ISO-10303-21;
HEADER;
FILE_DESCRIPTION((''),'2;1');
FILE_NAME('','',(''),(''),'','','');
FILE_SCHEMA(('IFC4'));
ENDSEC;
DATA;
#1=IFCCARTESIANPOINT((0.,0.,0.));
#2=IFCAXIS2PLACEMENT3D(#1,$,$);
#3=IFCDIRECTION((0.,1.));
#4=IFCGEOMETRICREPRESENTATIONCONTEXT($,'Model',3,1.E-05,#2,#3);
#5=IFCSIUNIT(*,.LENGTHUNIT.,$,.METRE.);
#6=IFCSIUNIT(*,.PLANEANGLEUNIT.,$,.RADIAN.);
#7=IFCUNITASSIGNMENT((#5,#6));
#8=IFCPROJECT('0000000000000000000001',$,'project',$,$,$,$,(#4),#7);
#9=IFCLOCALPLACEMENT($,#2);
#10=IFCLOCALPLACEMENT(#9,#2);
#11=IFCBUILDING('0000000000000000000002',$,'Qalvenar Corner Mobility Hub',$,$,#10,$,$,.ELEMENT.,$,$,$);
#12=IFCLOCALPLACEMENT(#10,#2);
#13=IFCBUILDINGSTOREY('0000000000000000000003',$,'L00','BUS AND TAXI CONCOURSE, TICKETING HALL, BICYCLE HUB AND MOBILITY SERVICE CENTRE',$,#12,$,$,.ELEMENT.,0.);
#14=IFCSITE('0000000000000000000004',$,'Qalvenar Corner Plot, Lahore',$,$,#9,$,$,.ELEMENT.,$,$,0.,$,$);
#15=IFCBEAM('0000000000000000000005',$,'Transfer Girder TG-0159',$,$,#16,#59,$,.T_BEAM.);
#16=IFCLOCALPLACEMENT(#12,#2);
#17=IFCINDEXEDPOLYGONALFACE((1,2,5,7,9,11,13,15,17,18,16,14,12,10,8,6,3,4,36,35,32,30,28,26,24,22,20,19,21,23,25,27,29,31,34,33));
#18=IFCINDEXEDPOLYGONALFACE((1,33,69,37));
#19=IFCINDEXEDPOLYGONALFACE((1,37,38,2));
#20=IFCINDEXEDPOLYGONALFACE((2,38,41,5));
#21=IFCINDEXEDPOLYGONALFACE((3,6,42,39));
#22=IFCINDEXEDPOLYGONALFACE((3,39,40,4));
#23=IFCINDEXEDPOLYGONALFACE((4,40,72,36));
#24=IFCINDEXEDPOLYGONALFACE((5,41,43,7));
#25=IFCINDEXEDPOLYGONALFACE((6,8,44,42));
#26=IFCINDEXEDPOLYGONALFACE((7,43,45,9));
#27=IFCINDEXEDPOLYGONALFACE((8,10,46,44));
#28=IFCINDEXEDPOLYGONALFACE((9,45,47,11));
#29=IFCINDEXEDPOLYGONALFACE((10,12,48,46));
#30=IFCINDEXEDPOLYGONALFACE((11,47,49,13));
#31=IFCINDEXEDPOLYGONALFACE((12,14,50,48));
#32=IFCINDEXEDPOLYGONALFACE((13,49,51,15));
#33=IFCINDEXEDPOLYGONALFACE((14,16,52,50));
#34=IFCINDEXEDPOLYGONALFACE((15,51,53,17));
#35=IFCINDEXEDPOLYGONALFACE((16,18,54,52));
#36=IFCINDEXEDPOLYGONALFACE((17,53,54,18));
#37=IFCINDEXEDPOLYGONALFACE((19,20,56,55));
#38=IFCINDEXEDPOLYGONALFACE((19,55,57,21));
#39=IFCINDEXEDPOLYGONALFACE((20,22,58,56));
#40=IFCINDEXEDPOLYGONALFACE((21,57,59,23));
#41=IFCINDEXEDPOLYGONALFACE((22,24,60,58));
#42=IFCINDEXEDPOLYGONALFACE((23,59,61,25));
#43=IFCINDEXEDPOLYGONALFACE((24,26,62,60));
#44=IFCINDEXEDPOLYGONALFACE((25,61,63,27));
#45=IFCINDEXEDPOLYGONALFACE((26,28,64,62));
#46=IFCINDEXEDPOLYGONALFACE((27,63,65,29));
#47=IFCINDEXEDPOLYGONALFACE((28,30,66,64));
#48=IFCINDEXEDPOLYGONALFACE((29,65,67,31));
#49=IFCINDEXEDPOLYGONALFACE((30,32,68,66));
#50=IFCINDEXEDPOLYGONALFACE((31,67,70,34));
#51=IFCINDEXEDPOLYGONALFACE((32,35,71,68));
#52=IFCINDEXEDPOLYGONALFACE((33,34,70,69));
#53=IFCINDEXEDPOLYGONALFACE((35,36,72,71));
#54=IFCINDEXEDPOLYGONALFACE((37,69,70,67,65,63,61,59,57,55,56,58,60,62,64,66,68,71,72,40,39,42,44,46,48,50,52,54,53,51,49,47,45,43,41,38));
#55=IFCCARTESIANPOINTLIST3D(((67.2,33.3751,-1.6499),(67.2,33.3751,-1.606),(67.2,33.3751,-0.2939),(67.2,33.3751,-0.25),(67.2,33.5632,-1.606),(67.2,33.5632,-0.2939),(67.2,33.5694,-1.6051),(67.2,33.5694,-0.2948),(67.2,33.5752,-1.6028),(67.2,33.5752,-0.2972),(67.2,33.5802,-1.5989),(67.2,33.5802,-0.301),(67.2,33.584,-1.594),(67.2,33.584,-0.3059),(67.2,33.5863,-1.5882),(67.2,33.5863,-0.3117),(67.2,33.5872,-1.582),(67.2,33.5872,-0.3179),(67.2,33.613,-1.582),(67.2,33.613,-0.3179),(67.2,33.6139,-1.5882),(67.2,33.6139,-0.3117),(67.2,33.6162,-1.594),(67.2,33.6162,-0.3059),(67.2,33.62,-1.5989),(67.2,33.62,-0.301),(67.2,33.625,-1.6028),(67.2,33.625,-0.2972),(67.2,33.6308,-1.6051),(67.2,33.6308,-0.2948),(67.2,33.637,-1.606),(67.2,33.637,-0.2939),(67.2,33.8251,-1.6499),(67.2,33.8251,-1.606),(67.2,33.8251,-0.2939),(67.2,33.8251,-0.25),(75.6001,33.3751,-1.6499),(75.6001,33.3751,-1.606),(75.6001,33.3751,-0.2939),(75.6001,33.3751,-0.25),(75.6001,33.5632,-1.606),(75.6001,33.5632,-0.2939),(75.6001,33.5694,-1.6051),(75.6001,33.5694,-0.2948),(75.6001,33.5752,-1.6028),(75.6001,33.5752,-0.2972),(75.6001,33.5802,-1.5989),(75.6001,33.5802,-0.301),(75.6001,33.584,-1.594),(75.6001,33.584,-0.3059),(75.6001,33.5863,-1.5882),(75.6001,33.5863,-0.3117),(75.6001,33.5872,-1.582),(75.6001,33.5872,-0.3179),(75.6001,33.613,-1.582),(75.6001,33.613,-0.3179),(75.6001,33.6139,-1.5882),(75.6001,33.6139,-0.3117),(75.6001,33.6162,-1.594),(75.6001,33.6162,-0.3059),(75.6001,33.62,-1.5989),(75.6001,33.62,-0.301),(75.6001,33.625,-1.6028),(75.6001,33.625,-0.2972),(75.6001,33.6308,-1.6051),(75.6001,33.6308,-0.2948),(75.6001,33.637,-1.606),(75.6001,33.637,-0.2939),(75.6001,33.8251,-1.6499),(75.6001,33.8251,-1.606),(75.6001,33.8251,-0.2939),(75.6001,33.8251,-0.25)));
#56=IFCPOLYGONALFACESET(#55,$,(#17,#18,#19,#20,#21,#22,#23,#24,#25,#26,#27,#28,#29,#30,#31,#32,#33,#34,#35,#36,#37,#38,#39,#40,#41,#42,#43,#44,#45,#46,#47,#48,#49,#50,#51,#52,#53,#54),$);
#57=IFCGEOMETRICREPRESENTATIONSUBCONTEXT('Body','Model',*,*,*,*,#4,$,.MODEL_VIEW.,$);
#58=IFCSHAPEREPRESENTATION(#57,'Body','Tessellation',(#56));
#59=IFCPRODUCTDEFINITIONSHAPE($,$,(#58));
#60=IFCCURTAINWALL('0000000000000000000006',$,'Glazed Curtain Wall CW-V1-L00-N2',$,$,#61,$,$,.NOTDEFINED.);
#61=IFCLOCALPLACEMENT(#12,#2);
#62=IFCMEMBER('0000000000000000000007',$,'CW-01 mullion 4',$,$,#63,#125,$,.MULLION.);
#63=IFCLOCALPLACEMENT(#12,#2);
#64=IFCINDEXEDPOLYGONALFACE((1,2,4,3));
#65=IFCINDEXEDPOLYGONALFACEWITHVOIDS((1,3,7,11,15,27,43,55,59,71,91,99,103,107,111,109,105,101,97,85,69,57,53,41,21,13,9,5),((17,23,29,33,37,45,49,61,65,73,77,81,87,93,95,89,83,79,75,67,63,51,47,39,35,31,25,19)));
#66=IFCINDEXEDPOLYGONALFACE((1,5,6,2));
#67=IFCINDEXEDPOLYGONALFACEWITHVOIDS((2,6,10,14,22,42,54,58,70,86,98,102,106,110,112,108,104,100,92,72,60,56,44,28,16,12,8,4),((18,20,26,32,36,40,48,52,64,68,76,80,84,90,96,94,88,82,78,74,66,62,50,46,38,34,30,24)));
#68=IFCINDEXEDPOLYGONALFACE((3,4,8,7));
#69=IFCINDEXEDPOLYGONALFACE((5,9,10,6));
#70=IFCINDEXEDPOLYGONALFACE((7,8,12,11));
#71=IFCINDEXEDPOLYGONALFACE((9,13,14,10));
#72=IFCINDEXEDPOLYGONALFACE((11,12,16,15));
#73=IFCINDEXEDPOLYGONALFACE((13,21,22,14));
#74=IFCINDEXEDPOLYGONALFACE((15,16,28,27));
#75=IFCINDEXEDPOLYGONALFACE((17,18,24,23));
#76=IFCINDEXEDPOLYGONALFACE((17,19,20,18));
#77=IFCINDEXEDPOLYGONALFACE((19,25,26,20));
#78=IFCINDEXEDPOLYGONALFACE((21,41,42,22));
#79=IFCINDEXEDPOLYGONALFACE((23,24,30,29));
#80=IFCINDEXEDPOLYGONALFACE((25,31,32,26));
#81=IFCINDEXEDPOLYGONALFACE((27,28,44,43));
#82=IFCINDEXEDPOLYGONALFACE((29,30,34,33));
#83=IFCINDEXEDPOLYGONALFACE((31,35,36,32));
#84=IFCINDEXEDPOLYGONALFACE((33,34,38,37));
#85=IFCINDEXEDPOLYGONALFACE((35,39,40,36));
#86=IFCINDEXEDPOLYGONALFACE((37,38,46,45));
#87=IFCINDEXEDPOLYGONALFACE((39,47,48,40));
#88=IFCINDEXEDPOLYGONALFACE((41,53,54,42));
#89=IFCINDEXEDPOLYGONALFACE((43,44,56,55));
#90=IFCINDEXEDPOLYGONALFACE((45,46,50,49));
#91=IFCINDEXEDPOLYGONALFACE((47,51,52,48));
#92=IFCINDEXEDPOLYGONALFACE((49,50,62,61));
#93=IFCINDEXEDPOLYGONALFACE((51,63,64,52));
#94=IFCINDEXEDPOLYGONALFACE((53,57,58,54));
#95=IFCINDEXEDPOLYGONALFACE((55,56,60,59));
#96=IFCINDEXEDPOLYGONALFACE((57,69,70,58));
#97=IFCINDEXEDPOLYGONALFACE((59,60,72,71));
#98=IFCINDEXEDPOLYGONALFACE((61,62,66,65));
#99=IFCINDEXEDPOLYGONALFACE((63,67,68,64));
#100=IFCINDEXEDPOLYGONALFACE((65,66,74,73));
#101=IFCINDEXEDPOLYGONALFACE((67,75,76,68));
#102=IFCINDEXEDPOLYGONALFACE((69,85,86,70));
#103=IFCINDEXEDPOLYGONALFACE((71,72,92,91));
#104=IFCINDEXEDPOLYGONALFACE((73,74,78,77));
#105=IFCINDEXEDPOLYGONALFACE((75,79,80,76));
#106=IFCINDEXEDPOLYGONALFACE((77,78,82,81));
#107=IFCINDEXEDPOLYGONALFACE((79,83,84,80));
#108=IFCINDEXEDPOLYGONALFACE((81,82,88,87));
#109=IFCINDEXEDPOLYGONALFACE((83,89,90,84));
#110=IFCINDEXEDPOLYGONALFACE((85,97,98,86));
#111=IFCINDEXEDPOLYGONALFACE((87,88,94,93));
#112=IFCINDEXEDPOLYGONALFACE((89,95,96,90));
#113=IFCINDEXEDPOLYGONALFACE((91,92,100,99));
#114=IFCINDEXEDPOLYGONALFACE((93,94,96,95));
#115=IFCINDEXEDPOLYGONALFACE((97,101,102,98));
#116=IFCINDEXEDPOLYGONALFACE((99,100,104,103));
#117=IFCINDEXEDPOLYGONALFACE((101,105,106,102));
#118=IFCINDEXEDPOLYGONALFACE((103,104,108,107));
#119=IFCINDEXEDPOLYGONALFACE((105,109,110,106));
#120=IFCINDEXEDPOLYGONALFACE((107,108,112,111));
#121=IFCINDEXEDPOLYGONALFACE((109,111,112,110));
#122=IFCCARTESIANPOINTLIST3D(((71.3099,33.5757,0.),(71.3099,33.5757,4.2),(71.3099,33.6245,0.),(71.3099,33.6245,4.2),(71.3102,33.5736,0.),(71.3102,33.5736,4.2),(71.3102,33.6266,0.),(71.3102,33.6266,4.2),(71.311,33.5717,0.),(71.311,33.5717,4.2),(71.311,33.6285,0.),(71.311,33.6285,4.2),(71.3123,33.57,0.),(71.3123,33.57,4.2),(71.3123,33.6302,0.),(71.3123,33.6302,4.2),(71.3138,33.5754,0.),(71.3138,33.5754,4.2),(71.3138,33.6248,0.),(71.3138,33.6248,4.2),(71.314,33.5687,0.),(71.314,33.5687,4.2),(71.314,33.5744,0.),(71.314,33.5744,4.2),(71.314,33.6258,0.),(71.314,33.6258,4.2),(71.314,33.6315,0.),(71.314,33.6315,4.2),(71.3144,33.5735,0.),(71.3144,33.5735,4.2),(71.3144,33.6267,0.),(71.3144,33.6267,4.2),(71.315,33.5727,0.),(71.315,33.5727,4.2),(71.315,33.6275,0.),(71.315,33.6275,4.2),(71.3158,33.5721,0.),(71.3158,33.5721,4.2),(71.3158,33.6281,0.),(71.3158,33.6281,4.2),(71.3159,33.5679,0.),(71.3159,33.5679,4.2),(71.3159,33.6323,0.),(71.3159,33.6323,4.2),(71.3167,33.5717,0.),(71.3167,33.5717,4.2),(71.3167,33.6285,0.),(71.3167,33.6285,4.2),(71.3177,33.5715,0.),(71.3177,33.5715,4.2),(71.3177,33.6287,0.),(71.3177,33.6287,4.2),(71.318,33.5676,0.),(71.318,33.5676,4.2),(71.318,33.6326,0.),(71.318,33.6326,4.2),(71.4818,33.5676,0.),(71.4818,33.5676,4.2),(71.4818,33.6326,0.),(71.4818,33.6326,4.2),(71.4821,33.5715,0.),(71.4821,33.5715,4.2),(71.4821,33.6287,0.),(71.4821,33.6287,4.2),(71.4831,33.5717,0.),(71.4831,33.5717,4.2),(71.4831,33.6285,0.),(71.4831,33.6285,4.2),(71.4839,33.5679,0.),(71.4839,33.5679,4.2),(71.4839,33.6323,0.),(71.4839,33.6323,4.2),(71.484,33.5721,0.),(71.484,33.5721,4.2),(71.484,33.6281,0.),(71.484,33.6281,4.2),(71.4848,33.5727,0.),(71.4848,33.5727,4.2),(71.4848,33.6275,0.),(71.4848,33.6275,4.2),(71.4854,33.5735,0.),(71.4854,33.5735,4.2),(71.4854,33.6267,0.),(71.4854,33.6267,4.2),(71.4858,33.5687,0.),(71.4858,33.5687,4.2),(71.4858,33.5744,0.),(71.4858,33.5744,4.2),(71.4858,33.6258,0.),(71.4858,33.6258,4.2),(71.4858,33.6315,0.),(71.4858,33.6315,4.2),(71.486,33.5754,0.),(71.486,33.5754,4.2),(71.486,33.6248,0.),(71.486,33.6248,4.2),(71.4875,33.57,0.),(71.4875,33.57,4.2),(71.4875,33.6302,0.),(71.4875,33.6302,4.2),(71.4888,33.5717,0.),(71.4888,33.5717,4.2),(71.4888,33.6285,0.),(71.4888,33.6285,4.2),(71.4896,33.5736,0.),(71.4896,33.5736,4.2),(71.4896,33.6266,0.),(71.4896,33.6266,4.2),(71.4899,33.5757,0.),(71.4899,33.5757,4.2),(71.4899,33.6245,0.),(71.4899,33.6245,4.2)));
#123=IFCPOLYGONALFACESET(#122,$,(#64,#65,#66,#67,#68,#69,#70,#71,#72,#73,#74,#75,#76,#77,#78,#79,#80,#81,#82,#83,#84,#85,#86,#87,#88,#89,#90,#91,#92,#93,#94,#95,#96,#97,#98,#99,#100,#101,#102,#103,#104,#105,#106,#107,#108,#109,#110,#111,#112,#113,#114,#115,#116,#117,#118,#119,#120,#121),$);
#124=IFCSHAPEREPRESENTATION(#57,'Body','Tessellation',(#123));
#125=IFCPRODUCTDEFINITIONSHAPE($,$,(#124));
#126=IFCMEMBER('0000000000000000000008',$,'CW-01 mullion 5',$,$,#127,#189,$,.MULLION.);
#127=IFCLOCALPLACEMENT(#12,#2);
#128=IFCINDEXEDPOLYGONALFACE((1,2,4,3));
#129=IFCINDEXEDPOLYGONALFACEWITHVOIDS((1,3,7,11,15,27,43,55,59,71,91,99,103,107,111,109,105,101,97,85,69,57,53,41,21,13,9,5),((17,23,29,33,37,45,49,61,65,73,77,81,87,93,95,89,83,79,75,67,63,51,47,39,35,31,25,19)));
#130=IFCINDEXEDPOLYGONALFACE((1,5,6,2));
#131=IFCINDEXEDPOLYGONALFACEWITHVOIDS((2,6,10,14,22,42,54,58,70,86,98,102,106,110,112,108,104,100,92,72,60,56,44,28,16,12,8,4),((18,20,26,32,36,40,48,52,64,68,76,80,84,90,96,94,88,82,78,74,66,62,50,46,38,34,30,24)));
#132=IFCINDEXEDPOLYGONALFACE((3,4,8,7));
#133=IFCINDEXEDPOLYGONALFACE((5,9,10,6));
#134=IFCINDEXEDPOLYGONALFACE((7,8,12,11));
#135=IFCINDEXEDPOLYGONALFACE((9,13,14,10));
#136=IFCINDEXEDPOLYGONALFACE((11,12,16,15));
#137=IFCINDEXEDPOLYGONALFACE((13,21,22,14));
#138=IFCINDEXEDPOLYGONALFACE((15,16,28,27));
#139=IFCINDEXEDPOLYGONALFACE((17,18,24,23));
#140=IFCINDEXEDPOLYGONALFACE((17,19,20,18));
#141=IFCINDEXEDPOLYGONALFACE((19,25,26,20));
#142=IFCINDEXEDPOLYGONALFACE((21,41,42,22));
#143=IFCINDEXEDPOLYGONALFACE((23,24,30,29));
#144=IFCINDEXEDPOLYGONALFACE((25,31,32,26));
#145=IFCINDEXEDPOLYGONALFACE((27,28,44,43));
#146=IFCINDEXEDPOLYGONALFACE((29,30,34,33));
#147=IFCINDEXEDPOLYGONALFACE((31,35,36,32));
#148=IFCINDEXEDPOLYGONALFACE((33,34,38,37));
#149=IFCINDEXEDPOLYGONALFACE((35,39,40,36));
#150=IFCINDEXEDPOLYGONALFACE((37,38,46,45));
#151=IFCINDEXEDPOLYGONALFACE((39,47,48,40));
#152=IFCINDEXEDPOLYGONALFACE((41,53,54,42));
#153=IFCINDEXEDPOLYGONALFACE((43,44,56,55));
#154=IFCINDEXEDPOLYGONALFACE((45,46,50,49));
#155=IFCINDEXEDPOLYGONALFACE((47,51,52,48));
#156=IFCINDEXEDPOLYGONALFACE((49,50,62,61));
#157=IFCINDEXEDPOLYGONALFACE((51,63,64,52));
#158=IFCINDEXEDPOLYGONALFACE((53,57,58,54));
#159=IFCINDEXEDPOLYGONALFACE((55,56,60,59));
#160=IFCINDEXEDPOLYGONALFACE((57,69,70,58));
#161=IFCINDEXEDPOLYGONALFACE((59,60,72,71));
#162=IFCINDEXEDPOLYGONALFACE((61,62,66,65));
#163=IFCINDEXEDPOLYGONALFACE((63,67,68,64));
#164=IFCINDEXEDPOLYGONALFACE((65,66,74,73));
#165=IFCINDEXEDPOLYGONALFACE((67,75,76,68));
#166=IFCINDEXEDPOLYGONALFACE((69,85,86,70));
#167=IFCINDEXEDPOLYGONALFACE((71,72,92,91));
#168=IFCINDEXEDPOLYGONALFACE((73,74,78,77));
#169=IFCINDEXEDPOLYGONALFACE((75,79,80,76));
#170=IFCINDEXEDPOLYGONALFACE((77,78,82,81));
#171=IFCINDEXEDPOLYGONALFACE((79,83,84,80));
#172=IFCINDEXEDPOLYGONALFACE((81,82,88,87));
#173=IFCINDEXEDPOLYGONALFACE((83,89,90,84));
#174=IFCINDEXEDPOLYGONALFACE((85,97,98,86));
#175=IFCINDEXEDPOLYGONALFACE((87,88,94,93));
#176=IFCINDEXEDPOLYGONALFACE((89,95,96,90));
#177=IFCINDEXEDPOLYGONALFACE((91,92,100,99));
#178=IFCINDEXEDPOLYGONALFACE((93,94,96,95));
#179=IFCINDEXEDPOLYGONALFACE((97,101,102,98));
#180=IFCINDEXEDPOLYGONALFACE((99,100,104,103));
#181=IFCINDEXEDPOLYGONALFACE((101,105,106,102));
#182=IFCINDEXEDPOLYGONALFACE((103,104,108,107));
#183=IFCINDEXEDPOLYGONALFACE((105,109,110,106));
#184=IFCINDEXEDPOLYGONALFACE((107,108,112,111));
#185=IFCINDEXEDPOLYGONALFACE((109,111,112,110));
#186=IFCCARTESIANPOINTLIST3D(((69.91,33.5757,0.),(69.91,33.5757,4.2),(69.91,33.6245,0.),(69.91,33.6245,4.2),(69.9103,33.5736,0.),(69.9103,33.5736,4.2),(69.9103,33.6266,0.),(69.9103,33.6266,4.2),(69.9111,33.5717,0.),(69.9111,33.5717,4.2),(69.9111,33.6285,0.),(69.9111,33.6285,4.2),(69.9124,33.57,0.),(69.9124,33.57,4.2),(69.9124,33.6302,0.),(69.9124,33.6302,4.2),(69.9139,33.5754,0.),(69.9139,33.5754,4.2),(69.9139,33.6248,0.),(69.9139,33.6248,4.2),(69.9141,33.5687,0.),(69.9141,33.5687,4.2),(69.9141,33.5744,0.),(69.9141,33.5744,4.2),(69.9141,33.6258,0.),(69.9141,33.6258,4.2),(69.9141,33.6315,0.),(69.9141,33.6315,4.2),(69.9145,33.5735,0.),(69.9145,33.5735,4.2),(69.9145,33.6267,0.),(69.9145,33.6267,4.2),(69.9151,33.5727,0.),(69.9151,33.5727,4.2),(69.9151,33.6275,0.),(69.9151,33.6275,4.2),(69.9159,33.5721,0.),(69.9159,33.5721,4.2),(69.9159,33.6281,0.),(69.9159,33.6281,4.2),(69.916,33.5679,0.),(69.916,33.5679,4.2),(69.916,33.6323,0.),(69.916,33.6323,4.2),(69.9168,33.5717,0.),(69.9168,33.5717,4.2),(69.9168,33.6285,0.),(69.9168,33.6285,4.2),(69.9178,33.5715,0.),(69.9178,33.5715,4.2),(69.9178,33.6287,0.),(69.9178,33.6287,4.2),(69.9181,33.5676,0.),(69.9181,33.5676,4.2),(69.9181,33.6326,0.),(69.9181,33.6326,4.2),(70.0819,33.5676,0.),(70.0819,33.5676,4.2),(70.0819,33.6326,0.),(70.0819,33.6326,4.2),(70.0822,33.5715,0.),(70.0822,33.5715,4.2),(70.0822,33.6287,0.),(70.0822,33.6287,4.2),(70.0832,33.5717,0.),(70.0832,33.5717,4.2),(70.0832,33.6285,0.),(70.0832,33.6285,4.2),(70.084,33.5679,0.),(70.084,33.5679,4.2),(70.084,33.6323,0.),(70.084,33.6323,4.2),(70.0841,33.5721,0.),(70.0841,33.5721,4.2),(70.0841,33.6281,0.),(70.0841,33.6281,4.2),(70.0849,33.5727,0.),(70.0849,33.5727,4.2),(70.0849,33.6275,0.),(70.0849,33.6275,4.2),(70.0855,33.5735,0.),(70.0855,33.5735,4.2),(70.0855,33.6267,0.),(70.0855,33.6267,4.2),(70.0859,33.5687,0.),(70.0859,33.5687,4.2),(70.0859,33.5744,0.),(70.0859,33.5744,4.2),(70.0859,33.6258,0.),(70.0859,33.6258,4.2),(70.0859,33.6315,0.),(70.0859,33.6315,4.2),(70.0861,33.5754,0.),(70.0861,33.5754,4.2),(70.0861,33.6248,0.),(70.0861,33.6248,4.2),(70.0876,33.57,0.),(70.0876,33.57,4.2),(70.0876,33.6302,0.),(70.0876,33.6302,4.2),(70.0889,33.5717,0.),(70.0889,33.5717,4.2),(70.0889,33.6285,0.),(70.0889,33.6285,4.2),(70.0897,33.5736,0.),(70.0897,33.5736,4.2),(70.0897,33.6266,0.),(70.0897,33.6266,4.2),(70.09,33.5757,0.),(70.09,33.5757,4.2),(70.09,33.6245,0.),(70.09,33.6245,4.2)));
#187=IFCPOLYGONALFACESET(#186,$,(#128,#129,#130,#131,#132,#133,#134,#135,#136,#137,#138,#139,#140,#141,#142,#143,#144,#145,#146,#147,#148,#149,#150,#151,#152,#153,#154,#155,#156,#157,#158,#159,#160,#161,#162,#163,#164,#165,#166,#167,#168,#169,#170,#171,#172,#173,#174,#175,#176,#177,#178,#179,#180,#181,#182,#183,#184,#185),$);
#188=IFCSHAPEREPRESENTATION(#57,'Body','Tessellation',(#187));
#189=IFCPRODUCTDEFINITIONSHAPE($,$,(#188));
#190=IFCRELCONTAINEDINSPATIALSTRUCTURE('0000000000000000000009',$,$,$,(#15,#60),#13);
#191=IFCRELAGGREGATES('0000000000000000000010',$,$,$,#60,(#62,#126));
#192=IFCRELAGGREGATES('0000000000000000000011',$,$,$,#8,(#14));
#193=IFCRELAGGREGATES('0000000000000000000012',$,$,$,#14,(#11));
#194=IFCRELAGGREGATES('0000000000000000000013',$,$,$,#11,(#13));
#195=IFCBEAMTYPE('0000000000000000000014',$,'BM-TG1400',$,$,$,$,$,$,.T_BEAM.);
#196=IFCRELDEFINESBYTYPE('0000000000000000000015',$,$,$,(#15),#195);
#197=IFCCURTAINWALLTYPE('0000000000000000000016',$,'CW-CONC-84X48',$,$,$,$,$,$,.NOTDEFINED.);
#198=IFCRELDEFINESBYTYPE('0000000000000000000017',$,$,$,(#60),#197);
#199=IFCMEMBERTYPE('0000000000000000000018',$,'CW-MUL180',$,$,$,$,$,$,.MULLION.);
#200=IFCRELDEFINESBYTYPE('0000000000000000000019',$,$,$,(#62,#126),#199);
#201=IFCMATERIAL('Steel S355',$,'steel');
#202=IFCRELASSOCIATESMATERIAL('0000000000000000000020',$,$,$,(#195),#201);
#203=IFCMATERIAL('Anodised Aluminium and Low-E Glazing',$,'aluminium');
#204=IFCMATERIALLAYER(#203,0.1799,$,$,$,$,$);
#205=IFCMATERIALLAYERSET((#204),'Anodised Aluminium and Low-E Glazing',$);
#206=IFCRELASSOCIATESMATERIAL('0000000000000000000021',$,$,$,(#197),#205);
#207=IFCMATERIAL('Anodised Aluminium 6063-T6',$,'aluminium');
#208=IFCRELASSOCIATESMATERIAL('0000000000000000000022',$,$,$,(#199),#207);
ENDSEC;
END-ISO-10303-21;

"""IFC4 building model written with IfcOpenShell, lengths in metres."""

from ifc_helpers import new_model, si_unit, direction, frame, origin, origin_2d, place, context, subcontext, project, spatial, hollow_rectangle, i_section, extrude, material, layer, layer_set, material_profile, profile_set, type_object, element, aggregate, save


model = new_model("IFC4")

# Units and contexts
model_context = context("Model", 3, precision=1e-05, world=origin(), true_north=direction((0.0, 1.0)))
body_context = subcontext(model_context, "Body", "Model", "MODEL_VIEW")
ifc_project = project(units=[si_unit("LENGTHUNIT", "METRE"), si_unit("PLANEANGLEUNIT", "RADIAN")], contexts=[model_context])

# Site, building, storey
site_placement = place(None, origin())
site = spatial("IfcSite", under=ifc_project, at=site_placement, Name="Qalvenar Corner Plot, Lahore", CompositionType="ELEMENT", RefElevation=0.0)
building_placement = place(site_placement, origin())
building = spatial("IfcBuilding", under=site, at=building_placement, Name="Qalvenar Corner Mobility Hub", CompositionType="ELEMENT")
storey_placement = place(building_placement, origin())
storey = spatial("IfcBuildingStorey", under=building, at=storey_placement, Name="L00", Description="BUS AND TAXI CONCOURSE, TICKETING HALL, BICYCLE HUB AND MOBILITY SERVICE CENTRE", CompositionType="ELEMENT", Elevation=0.0)

# Beam
ifc_material_1 = material(Name="Steel S355", Category="steel")
ifc_material_profile_1 = material_profile(ifc_material_1, i_section(OverallWidth=0.45, OverallDepth=1.3999, WebThickness=0.0259, FlangeThickness=0.0439, FilletRadius=0.0239, at=origin_2d()), Name="W1100x499-TG1400")
ifc_profile_set_1 = profile_set([ifc_material_profile_1], Name="Steel S355")
beam_type = type_object("IfcBeamType", Name="BM-TG1400", PredefinedType="T_BEAM", material=ifc_profile_set_1)
beam_placement = place(storey_placement, frame((67.2, 33.6001, -0.95), z_axis=(1.0, 0.0, 0.0), x_axis=(0.0, 1.0, 0.0)))
element("IfcBeam", 1, at=beam_placement, inside=storey, type_object=beam_type, Name="Transfer Girder TG-0159", PredefinedType="T_BEAM", context=body_context, shape_type="SweptSolid", body=[
    extrude(i_section(OverallWidth=0.45, OverallDepth=1.3999, WebThickness=0.0259, FlangeThickness=0.0439, FilletRadius=0.0239, at=origin_2d()), origin(), (0.0, 0.0, 1.0), 8.4001),
])

# Curtain wall, members
ifc_material_2 = material(Name="Anodised Aluminium and Low-E Glazing", Category="aluminium")
ifc_layer_1 = layer(ifc_material_2, 0.1799)
ifc_layer_set_1 = layer_set([ifc_layer_1], Name="Anodised Aluminium and Low-E Glazing")
curtain_wall_type = type_object("IfcCurtainWallType", Name="CW-CONC-84X48", PredefinedType="NOTDEFINED", material=ifc_layer_set_1)
curtain_wall_placement = place(storey_placement, origin())
curtain_wall = element("IfcCurtainWall", 2, at=curtain_wall_placement, inside=storey, type_object=curtain_wall_type, Name="Glazed Curtain Wall CW-V1-L00-N2", PredefinedType="NOTDEFINED")
ifc_material_3 = material(Name="Anodised Aluminium 6063-T6", Category="aluminium")
ifc_material_profile_2 = material_profile(ifc_material_3, hollow_rectangle(XDim=0.0649, YDim=0.1799, WallThickness=0.0039, InnerFilletRadius=0.0039, OuterFilletRadius=0.0081, at=origin_2d()), Name="RHS180x65x4")
ifc_profile_set_2 = profile_set([ifc_material_profile_2], Name="Anodised Aluminium 6063-T6")
member_type_1 = type_object("IfcMemberType", Name="CW-MUL180", PredefinedType="MULLION", material=ifc_profile_set_2)
member_1_placement = place(storey_placement, frame((71.3999, 33.6001, 0.0), z_axis=(0.0, 0.0, 1.0), x_axis=(0.0, -1.0, 0.0)))
member_1 = element("IfcMember", 3, at=member_1_placement, type_object=member_type_1, Name="CW-01 mullion 4", PredefinedType="MULLION", context=body_context, shape_type="SweptSolid", body=[
    extrude(hollow_rectangle(XDim=0.0649, YDim=0.1799, WallThickness=0.0039, InnerFilletRadius=0.0039, OuterFilletRadius=0.0081, at=origin_2d()), origin(), (0.0, 0.0, 1.0), 4.2),
])
member_2_placement = place(storey_placement, frame((70.0, 33.6001, 0.0), z_axis=(0.0, 0.0, 1.0), x_axis=(0.0, -1.0, 0.0)))
member_2 = element("IfcMember", 4, at=member_2_placement, type_object=member_type_1, Name="CW-01 mullion 5", PredefinedType="MULLION", context=body_context, shape_type="SweptSolid", body=[
    extrude(hollow_rectangle(XDim=0.0649, YDim=0.1799, WallThickness=0.0039, InnerFilletRadius=0.0039, OuterFilletRadius=0.0081, at=origin_2d()), origin(), (0.0, 0.0, 1.0), 4.2),
])
aggregate(curtain_wall, [member_1, member_2])

save(model, "model.ifc")
